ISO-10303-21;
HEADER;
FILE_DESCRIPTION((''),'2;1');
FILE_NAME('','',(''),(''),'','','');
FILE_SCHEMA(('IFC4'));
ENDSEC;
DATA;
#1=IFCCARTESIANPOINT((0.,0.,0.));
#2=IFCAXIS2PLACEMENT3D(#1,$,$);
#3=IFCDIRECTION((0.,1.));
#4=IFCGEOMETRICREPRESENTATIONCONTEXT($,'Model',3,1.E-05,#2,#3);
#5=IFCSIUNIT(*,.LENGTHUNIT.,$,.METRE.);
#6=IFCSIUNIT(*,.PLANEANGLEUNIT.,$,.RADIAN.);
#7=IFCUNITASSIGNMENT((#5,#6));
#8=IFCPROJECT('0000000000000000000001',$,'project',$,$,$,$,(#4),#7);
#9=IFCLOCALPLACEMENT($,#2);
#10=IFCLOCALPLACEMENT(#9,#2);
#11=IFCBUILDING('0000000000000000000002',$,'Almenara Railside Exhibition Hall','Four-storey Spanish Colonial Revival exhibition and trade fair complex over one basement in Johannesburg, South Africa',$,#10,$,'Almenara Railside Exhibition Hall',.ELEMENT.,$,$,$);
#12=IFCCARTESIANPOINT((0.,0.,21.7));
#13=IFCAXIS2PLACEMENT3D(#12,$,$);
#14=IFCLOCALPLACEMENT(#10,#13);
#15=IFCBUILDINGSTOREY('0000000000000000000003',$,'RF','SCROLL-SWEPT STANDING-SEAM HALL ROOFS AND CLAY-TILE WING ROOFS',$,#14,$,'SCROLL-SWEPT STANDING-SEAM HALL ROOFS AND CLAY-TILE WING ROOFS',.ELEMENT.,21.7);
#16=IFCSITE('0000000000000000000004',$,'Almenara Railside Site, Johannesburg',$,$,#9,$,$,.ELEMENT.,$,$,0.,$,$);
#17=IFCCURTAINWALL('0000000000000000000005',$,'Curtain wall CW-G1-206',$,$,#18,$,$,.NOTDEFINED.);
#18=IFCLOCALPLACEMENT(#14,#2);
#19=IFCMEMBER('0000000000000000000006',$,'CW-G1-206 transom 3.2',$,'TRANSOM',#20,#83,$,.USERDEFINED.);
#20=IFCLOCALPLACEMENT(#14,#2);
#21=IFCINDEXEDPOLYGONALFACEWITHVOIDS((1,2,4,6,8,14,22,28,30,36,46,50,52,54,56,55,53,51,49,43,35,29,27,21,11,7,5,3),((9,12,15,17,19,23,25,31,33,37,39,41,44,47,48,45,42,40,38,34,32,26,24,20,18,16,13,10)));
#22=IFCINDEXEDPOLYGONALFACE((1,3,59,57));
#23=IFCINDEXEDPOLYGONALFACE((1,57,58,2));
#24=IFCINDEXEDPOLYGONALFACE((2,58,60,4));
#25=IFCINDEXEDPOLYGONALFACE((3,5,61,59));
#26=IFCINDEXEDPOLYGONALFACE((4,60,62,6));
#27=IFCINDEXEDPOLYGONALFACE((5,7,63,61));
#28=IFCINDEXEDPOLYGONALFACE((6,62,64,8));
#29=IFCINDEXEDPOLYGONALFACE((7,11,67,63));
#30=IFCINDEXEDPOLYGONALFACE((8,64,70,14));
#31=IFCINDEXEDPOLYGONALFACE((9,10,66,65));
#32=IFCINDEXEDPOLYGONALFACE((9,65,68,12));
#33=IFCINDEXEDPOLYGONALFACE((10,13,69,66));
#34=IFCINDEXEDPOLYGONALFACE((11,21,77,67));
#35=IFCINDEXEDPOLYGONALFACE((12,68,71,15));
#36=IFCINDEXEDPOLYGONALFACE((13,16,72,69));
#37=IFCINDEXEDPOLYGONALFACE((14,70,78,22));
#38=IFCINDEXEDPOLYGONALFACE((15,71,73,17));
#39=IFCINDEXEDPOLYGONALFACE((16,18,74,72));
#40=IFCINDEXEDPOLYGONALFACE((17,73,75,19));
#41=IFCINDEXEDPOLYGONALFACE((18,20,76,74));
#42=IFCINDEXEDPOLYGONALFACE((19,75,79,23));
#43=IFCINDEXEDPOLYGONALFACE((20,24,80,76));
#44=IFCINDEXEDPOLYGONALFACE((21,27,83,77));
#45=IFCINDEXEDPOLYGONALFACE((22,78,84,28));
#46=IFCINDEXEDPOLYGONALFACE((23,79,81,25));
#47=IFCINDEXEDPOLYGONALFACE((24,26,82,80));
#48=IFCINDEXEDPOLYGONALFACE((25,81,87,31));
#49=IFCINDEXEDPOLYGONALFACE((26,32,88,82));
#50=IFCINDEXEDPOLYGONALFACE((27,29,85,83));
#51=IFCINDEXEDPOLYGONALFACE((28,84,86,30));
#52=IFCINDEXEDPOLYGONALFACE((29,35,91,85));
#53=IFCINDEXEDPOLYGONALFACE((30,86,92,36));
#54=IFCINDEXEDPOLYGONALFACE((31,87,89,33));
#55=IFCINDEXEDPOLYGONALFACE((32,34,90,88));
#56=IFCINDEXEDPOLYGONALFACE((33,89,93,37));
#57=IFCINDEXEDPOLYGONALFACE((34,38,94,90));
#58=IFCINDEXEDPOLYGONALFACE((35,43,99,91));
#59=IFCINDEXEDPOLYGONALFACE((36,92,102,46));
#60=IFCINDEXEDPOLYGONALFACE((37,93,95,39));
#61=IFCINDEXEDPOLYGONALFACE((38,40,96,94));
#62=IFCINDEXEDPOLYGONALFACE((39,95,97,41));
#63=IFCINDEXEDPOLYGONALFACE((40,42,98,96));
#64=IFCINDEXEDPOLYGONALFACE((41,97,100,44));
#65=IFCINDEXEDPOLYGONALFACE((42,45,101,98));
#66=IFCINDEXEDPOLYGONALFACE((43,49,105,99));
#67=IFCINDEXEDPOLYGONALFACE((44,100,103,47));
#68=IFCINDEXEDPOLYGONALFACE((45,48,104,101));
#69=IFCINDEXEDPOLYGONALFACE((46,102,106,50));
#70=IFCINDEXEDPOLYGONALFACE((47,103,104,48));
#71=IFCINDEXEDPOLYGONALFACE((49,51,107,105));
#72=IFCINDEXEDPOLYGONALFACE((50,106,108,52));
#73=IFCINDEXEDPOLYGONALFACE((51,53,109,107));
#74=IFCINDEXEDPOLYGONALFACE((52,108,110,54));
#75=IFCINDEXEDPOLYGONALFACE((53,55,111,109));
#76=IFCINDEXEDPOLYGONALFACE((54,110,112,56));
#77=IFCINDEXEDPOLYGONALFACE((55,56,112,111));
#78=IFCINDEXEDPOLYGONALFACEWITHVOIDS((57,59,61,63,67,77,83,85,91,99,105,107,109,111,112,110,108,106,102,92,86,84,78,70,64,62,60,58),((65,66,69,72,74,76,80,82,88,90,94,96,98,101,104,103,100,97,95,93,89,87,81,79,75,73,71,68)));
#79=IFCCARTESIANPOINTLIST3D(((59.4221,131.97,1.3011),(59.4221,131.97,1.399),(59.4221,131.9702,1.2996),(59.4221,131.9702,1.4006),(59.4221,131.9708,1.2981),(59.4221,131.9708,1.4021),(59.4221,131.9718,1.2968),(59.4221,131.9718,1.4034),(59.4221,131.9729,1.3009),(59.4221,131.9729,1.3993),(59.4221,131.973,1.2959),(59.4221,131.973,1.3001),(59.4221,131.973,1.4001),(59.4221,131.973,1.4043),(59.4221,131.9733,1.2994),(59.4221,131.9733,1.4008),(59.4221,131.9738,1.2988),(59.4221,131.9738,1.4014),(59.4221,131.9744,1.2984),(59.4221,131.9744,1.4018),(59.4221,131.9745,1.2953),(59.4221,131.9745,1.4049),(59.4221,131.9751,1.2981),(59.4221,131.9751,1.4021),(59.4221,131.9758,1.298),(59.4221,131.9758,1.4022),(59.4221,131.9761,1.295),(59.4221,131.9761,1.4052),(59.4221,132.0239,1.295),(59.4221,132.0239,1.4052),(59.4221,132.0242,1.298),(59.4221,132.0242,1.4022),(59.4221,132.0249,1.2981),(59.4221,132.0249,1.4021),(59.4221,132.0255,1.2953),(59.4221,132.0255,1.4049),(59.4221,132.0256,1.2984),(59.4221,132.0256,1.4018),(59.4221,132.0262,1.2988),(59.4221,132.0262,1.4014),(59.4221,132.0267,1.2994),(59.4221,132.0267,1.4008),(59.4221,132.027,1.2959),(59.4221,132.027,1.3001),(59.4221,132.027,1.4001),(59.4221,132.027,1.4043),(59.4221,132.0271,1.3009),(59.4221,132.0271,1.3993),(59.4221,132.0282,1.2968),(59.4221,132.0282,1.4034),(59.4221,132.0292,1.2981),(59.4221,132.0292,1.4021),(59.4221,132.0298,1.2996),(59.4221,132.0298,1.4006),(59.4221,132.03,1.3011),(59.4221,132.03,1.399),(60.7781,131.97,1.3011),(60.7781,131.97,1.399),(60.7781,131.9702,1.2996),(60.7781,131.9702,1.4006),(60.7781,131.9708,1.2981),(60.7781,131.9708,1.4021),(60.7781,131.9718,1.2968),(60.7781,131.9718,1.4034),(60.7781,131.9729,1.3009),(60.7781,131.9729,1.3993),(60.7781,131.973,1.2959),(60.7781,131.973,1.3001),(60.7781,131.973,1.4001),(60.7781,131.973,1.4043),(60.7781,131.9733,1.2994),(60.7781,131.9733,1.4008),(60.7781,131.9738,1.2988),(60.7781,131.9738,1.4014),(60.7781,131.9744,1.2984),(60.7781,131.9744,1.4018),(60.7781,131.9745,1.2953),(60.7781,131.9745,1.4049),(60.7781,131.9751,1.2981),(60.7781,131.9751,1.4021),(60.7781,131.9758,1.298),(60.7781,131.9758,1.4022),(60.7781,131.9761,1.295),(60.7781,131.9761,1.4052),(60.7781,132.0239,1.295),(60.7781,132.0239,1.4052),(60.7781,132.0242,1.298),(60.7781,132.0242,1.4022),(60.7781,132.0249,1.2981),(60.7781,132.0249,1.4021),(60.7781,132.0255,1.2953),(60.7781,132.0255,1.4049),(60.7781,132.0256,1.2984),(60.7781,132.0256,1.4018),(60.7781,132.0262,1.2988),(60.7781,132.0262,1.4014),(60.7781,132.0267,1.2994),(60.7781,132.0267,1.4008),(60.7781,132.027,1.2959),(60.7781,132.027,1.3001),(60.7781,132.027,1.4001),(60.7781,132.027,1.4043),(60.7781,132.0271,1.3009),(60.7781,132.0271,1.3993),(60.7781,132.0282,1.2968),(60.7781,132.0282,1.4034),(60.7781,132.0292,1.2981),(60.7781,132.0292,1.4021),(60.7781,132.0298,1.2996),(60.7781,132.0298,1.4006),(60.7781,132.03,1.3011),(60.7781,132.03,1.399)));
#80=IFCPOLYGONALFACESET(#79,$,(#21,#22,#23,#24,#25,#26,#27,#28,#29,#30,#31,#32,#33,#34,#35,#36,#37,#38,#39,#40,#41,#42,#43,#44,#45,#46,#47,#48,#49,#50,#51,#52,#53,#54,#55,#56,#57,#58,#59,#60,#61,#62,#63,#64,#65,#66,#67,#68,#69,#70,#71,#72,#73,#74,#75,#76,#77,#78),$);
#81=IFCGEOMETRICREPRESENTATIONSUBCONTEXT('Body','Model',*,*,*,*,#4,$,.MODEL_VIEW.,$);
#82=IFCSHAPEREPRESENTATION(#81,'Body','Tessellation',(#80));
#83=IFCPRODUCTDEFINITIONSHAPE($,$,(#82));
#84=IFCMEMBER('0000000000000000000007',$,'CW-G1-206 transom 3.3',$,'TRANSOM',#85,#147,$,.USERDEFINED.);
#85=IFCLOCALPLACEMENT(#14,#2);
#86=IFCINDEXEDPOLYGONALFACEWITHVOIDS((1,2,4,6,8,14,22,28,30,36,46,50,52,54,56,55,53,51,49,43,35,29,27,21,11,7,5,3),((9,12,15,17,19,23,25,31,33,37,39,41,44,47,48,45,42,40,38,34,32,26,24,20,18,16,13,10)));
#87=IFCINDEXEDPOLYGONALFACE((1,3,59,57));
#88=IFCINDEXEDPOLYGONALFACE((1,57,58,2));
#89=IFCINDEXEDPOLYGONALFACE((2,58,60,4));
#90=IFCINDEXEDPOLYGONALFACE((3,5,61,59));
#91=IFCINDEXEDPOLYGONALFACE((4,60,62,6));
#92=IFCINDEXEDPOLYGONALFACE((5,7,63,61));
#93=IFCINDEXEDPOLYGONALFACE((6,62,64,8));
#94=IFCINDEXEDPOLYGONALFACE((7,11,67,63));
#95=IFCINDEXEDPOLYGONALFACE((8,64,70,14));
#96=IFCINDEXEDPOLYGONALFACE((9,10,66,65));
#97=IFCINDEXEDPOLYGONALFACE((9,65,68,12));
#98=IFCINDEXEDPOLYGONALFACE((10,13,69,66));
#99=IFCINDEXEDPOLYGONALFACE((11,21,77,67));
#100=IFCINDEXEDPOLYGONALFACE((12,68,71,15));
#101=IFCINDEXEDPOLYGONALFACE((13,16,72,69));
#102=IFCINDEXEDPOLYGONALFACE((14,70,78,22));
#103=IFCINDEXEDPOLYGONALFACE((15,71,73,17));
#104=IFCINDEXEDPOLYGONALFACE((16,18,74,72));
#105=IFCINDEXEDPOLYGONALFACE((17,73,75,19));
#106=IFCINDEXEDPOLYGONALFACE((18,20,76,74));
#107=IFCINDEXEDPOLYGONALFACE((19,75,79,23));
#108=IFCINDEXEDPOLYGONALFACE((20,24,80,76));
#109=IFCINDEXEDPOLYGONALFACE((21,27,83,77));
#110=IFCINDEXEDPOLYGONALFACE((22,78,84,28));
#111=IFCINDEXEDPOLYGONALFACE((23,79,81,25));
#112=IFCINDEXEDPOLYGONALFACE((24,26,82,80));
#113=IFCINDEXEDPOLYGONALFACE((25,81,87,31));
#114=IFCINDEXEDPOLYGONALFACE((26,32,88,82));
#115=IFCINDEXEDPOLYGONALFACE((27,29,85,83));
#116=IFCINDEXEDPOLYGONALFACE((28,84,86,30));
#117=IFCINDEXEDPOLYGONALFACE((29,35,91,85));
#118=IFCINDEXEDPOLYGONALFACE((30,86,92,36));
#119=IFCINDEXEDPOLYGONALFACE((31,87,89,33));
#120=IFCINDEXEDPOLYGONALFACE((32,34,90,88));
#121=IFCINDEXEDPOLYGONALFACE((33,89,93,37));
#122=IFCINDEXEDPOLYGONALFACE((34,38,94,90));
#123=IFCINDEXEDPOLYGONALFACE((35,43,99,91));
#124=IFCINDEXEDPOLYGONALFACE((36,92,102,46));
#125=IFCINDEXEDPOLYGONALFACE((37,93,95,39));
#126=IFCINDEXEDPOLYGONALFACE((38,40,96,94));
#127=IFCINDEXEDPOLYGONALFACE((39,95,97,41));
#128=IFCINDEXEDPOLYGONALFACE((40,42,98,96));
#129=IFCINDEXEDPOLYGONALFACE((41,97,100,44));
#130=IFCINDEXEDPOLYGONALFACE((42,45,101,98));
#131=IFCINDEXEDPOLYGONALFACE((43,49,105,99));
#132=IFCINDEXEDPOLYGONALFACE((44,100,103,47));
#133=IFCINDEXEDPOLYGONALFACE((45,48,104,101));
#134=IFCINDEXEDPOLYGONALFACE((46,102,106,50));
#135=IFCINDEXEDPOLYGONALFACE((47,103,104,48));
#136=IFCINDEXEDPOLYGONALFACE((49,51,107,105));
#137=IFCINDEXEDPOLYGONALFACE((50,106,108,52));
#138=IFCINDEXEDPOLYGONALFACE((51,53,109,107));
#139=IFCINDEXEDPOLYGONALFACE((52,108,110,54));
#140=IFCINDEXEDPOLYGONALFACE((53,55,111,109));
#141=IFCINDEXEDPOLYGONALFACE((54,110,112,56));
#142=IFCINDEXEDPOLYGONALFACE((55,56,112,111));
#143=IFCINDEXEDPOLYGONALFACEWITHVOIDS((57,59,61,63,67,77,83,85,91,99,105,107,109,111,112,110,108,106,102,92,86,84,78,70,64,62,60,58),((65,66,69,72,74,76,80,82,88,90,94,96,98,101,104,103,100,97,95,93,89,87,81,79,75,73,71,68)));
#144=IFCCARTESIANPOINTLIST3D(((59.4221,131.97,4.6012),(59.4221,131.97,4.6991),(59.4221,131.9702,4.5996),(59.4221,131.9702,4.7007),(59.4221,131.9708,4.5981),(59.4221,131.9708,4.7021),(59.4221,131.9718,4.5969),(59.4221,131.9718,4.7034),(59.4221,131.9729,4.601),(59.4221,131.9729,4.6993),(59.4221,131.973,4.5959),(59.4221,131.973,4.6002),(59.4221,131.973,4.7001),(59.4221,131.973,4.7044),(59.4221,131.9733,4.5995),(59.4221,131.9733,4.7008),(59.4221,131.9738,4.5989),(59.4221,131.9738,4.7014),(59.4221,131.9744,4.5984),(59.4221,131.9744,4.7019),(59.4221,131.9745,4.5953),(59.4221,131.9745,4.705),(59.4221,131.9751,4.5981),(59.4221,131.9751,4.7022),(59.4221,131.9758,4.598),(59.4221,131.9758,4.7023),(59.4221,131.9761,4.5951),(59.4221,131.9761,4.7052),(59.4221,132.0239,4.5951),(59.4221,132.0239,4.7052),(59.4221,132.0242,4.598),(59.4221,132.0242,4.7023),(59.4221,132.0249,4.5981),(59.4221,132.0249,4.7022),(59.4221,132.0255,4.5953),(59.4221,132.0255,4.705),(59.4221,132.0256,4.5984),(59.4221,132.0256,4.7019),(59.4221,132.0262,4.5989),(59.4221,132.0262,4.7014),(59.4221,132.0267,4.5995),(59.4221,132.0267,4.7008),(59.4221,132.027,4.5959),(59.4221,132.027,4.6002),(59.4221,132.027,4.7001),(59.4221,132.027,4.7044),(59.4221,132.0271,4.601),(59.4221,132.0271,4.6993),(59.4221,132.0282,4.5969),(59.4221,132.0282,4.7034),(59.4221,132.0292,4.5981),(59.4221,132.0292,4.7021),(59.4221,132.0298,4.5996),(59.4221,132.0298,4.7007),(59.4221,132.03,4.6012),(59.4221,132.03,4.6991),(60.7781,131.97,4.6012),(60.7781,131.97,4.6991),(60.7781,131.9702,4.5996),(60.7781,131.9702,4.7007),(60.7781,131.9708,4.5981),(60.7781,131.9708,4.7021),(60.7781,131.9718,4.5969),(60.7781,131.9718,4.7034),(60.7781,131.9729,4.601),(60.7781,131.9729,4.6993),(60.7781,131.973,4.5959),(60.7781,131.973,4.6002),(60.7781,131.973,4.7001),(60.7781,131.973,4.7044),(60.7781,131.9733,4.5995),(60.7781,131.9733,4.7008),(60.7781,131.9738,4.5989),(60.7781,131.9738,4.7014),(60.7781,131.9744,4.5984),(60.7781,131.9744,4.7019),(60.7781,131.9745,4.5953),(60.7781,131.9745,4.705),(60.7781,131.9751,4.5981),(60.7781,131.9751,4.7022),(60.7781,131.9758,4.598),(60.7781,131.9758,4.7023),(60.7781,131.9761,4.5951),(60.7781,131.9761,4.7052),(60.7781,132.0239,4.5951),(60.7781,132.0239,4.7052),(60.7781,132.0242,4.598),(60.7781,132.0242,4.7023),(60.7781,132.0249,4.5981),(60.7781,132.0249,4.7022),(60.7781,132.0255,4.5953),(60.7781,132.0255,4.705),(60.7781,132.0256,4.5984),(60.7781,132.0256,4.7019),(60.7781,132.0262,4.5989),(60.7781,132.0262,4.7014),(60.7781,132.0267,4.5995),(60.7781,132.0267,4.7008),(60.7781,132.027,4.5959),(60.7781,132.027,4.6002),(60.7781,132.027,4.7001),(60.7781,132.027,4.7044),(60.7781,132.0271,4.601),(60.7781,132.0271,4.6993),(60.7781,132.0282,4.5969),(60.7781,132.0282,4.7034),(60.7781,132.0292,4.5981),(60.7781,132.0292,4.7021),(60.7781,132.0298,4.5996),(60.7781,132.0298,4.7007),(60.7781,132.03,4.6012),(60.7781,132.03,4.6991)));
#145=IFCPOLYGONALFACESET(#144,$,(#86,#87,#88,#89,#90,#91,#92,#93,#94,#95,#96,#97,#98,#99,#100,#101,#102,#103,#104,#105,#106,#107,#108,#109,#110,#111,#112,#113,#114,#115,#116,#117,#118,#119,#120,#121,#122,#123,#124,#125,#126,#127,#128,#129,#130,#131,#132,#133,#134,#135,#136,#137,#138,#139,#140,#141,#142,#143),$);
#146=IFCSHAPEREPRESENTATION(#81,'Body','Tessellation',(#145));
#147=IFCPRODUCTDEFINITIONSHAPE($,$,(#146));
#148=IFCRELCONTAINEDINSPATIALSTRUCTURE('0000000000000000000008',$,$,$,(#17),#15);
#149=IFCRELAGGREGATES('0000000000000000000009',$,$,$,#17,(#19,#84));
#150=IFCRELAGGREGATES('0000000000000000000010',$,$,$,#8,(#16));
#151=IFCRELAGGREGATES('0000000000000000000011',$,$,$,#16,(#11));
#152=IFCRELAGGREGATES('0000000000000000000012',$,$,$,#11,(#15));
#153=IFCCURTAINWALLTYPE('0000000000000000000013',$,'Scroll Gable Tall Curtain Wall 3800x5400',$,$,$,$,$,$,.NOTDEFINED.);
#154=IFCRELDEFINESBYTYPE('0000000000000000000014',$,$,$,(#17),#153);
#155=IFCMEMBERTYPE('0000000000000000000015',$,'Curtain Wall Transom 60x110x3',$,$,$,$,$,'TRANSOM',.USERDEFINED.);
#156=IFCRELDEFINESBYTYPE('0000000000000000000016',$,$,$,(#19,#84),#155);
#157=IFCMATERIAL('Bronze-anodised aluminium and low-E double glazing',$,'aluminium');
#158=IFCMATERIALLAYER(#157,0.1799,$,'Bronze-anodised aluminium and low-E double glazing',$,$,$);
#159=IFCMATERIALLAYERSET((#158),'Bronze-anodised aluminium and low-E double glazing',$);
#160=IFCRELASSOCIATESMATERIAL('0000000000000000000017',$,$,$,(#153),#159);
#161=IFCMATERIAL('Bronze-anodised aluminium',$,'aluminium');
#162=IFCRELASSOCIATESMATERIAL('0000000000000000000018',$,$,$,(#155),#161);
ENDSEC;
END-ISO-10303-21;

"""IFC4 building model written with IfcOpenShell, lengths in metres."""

from ifc_helpers import new_model, si_unit, direction, frame, origin, origin_2d, place, context, subcontext, project, spatial, hollow_rectangle, extrude, material, layer, layer_set, material_profile, profile_set, type_object, element, aggregate, save


model = new_model("IFC4")

# Units and contexts
model_context = context("Model", 3, precision=1e-05, world=origin(), true_north=direction((0.0, 1.0)))
body_context = subcontext(model_context, "Body", "Model", "MODEL_VIEW")
ifc_project = project(units=[si_unit("LENGTHUNIT", "METRE"), si_unit("PLANEANGLEUNIT", "RADIAN")], contexts=[model_context])

# Site, building, storey
site_placement = place(None, origin())
site = spatial("IfcSite", under=ifc_project, at=site_placement, Name="Almenara Railside Site, Johannesburg", CompositionType="ELEMENT", RefElevation=0.0)
building_placement = place(site_placement, origin())
building = spatial("IfcBuilding", under=site, at=building_placement, Name="Almenara Railside Exhibition Hall", Description="Four-storey Spanish Colonial Revival exhibition and trade fair complex over one basement in Johannesburg, South Africa", LongName="Almenara Railside Exhibition Hall", CompositionType="ELEMENT")
storey_placement = place(building_placement, frame((0.0, 0.0, 21.7)))
storey = spatial("IfcBuildingStorey", under=building, at=storey_placement, Name="RF", Description="SCROLL-SWEPT STANDING-SEAM HALL ROOFS AND CLAY-TILE WING ROOFS", LongName="SCROLL-SWEPT STANDING-SEAM HALL ROOFS AND CLAY-TILE WING ROOFS", CompositionType="ELEMENT", Elevation=21.7)

# Curtain wall, members
ifc_material_1 = material(Name="Bronze-anodised aluminium and low-E double glazing", Category="aluminium")
ifc_layer_1 = layer(ifc_material_1, 0.1799, Name="Bronze-anodised aluminium and low-E double glazing")
ifc_layer_set_1 = layer_set([ifc_layer_1], Name="Bronze-anodised aluminium and low-E double glazing")
curtain_wall_type = type_object("IfcCurtainWallType", Name="Scroll Gable Tall Curtain Wall 3800x5400", PredefinedType="NOTDEFINED", material=ifc_layer_set_1)
curtain_wall_placement = place(storey_placement, origin())
curtain_wall = element("IfcCurtainWall", 1, at=curtain_wall_placement, inside=storey, type_object=curtain_wall_type, Name="Curtain wall CW-G1-206", PredefinedType="NOTDEFINED")
ifc_material_2 = material(Name="Bronze-anodised aluminium", Category="aluminium")
ifc_material_profile_1 = material_profile(ifc_material_2, hollow_rectangle(XDim=0.0601, YDim=0.1101, WallThickness=0.0029, InnerFilletRadius=0.0029, OuterFilletRadius=0.0061, at=origin_2d()), Name="ALU-TRN 60x110x3")
ifc_profile_set_1 = profile_set([ifc_material_profile_1], Name="Bronze-anodised aluminium")
member_type_1 = type_object("IfcMemberType", Name="Curtain Wall Transom 60x110x3", ElementType="TRANSOM", PredefinedType="USERDEFINED", material=ifc_profile_set_1)
member_1_placement = place(storey_placement, frame((59.4221, 132.0, 1.3501), z_axis=(1.0, 0.0, 0.0), x_axis=(0.0, 1.0, 0.0)))
member_1 = element("IfcMember", 2, at=member_1_placement, type_object=member_type_1, Name="CW-G1-206 transom 3.2", ObjectType="TRANSOM", PredefinedType="USERDEFINED", context=body_context, shape_type="SweptSolid", body=[
    extrude(hollow_rectangle(XDim=0.0601, YDim=0.1101, WallThickness=0.0029, InnerFilletRadius=0.0029, OuterFilletRadius=0.0061, at=origin_2d()), origin(), (0.0, 0.0, 1.0), 1.356),
])
member_2_placement = place(storey_placement, frame((59.4221, 132.0, 4.6501), z_axis=(1.0, 0.0, 0.0), x_axis=(0.0, 1.0, 0.0)))
member_2 = element("IfcMember", 3, at=member_2_placement, type_object=member_type_1, Name="CW-G1-206 transom 3.3", ObjectType="TRANSOM", PredefinedType="USERDEFINED", context=body_context, shape_type="SweptSolid", body=[
    extrude(hollow_rectangle(XDim=0.0601, YDim=0.1101, WallThickness=0.0029, InnerFilletRadius=0.0029, OuterFilletRadius=0.0061, at=origin_2d()), origin(), (0.0, 0.0, 1.0), 1.356),
])

aggregate(curtain_wall, [member_1, member_2])

save(model, "model.ifc")
